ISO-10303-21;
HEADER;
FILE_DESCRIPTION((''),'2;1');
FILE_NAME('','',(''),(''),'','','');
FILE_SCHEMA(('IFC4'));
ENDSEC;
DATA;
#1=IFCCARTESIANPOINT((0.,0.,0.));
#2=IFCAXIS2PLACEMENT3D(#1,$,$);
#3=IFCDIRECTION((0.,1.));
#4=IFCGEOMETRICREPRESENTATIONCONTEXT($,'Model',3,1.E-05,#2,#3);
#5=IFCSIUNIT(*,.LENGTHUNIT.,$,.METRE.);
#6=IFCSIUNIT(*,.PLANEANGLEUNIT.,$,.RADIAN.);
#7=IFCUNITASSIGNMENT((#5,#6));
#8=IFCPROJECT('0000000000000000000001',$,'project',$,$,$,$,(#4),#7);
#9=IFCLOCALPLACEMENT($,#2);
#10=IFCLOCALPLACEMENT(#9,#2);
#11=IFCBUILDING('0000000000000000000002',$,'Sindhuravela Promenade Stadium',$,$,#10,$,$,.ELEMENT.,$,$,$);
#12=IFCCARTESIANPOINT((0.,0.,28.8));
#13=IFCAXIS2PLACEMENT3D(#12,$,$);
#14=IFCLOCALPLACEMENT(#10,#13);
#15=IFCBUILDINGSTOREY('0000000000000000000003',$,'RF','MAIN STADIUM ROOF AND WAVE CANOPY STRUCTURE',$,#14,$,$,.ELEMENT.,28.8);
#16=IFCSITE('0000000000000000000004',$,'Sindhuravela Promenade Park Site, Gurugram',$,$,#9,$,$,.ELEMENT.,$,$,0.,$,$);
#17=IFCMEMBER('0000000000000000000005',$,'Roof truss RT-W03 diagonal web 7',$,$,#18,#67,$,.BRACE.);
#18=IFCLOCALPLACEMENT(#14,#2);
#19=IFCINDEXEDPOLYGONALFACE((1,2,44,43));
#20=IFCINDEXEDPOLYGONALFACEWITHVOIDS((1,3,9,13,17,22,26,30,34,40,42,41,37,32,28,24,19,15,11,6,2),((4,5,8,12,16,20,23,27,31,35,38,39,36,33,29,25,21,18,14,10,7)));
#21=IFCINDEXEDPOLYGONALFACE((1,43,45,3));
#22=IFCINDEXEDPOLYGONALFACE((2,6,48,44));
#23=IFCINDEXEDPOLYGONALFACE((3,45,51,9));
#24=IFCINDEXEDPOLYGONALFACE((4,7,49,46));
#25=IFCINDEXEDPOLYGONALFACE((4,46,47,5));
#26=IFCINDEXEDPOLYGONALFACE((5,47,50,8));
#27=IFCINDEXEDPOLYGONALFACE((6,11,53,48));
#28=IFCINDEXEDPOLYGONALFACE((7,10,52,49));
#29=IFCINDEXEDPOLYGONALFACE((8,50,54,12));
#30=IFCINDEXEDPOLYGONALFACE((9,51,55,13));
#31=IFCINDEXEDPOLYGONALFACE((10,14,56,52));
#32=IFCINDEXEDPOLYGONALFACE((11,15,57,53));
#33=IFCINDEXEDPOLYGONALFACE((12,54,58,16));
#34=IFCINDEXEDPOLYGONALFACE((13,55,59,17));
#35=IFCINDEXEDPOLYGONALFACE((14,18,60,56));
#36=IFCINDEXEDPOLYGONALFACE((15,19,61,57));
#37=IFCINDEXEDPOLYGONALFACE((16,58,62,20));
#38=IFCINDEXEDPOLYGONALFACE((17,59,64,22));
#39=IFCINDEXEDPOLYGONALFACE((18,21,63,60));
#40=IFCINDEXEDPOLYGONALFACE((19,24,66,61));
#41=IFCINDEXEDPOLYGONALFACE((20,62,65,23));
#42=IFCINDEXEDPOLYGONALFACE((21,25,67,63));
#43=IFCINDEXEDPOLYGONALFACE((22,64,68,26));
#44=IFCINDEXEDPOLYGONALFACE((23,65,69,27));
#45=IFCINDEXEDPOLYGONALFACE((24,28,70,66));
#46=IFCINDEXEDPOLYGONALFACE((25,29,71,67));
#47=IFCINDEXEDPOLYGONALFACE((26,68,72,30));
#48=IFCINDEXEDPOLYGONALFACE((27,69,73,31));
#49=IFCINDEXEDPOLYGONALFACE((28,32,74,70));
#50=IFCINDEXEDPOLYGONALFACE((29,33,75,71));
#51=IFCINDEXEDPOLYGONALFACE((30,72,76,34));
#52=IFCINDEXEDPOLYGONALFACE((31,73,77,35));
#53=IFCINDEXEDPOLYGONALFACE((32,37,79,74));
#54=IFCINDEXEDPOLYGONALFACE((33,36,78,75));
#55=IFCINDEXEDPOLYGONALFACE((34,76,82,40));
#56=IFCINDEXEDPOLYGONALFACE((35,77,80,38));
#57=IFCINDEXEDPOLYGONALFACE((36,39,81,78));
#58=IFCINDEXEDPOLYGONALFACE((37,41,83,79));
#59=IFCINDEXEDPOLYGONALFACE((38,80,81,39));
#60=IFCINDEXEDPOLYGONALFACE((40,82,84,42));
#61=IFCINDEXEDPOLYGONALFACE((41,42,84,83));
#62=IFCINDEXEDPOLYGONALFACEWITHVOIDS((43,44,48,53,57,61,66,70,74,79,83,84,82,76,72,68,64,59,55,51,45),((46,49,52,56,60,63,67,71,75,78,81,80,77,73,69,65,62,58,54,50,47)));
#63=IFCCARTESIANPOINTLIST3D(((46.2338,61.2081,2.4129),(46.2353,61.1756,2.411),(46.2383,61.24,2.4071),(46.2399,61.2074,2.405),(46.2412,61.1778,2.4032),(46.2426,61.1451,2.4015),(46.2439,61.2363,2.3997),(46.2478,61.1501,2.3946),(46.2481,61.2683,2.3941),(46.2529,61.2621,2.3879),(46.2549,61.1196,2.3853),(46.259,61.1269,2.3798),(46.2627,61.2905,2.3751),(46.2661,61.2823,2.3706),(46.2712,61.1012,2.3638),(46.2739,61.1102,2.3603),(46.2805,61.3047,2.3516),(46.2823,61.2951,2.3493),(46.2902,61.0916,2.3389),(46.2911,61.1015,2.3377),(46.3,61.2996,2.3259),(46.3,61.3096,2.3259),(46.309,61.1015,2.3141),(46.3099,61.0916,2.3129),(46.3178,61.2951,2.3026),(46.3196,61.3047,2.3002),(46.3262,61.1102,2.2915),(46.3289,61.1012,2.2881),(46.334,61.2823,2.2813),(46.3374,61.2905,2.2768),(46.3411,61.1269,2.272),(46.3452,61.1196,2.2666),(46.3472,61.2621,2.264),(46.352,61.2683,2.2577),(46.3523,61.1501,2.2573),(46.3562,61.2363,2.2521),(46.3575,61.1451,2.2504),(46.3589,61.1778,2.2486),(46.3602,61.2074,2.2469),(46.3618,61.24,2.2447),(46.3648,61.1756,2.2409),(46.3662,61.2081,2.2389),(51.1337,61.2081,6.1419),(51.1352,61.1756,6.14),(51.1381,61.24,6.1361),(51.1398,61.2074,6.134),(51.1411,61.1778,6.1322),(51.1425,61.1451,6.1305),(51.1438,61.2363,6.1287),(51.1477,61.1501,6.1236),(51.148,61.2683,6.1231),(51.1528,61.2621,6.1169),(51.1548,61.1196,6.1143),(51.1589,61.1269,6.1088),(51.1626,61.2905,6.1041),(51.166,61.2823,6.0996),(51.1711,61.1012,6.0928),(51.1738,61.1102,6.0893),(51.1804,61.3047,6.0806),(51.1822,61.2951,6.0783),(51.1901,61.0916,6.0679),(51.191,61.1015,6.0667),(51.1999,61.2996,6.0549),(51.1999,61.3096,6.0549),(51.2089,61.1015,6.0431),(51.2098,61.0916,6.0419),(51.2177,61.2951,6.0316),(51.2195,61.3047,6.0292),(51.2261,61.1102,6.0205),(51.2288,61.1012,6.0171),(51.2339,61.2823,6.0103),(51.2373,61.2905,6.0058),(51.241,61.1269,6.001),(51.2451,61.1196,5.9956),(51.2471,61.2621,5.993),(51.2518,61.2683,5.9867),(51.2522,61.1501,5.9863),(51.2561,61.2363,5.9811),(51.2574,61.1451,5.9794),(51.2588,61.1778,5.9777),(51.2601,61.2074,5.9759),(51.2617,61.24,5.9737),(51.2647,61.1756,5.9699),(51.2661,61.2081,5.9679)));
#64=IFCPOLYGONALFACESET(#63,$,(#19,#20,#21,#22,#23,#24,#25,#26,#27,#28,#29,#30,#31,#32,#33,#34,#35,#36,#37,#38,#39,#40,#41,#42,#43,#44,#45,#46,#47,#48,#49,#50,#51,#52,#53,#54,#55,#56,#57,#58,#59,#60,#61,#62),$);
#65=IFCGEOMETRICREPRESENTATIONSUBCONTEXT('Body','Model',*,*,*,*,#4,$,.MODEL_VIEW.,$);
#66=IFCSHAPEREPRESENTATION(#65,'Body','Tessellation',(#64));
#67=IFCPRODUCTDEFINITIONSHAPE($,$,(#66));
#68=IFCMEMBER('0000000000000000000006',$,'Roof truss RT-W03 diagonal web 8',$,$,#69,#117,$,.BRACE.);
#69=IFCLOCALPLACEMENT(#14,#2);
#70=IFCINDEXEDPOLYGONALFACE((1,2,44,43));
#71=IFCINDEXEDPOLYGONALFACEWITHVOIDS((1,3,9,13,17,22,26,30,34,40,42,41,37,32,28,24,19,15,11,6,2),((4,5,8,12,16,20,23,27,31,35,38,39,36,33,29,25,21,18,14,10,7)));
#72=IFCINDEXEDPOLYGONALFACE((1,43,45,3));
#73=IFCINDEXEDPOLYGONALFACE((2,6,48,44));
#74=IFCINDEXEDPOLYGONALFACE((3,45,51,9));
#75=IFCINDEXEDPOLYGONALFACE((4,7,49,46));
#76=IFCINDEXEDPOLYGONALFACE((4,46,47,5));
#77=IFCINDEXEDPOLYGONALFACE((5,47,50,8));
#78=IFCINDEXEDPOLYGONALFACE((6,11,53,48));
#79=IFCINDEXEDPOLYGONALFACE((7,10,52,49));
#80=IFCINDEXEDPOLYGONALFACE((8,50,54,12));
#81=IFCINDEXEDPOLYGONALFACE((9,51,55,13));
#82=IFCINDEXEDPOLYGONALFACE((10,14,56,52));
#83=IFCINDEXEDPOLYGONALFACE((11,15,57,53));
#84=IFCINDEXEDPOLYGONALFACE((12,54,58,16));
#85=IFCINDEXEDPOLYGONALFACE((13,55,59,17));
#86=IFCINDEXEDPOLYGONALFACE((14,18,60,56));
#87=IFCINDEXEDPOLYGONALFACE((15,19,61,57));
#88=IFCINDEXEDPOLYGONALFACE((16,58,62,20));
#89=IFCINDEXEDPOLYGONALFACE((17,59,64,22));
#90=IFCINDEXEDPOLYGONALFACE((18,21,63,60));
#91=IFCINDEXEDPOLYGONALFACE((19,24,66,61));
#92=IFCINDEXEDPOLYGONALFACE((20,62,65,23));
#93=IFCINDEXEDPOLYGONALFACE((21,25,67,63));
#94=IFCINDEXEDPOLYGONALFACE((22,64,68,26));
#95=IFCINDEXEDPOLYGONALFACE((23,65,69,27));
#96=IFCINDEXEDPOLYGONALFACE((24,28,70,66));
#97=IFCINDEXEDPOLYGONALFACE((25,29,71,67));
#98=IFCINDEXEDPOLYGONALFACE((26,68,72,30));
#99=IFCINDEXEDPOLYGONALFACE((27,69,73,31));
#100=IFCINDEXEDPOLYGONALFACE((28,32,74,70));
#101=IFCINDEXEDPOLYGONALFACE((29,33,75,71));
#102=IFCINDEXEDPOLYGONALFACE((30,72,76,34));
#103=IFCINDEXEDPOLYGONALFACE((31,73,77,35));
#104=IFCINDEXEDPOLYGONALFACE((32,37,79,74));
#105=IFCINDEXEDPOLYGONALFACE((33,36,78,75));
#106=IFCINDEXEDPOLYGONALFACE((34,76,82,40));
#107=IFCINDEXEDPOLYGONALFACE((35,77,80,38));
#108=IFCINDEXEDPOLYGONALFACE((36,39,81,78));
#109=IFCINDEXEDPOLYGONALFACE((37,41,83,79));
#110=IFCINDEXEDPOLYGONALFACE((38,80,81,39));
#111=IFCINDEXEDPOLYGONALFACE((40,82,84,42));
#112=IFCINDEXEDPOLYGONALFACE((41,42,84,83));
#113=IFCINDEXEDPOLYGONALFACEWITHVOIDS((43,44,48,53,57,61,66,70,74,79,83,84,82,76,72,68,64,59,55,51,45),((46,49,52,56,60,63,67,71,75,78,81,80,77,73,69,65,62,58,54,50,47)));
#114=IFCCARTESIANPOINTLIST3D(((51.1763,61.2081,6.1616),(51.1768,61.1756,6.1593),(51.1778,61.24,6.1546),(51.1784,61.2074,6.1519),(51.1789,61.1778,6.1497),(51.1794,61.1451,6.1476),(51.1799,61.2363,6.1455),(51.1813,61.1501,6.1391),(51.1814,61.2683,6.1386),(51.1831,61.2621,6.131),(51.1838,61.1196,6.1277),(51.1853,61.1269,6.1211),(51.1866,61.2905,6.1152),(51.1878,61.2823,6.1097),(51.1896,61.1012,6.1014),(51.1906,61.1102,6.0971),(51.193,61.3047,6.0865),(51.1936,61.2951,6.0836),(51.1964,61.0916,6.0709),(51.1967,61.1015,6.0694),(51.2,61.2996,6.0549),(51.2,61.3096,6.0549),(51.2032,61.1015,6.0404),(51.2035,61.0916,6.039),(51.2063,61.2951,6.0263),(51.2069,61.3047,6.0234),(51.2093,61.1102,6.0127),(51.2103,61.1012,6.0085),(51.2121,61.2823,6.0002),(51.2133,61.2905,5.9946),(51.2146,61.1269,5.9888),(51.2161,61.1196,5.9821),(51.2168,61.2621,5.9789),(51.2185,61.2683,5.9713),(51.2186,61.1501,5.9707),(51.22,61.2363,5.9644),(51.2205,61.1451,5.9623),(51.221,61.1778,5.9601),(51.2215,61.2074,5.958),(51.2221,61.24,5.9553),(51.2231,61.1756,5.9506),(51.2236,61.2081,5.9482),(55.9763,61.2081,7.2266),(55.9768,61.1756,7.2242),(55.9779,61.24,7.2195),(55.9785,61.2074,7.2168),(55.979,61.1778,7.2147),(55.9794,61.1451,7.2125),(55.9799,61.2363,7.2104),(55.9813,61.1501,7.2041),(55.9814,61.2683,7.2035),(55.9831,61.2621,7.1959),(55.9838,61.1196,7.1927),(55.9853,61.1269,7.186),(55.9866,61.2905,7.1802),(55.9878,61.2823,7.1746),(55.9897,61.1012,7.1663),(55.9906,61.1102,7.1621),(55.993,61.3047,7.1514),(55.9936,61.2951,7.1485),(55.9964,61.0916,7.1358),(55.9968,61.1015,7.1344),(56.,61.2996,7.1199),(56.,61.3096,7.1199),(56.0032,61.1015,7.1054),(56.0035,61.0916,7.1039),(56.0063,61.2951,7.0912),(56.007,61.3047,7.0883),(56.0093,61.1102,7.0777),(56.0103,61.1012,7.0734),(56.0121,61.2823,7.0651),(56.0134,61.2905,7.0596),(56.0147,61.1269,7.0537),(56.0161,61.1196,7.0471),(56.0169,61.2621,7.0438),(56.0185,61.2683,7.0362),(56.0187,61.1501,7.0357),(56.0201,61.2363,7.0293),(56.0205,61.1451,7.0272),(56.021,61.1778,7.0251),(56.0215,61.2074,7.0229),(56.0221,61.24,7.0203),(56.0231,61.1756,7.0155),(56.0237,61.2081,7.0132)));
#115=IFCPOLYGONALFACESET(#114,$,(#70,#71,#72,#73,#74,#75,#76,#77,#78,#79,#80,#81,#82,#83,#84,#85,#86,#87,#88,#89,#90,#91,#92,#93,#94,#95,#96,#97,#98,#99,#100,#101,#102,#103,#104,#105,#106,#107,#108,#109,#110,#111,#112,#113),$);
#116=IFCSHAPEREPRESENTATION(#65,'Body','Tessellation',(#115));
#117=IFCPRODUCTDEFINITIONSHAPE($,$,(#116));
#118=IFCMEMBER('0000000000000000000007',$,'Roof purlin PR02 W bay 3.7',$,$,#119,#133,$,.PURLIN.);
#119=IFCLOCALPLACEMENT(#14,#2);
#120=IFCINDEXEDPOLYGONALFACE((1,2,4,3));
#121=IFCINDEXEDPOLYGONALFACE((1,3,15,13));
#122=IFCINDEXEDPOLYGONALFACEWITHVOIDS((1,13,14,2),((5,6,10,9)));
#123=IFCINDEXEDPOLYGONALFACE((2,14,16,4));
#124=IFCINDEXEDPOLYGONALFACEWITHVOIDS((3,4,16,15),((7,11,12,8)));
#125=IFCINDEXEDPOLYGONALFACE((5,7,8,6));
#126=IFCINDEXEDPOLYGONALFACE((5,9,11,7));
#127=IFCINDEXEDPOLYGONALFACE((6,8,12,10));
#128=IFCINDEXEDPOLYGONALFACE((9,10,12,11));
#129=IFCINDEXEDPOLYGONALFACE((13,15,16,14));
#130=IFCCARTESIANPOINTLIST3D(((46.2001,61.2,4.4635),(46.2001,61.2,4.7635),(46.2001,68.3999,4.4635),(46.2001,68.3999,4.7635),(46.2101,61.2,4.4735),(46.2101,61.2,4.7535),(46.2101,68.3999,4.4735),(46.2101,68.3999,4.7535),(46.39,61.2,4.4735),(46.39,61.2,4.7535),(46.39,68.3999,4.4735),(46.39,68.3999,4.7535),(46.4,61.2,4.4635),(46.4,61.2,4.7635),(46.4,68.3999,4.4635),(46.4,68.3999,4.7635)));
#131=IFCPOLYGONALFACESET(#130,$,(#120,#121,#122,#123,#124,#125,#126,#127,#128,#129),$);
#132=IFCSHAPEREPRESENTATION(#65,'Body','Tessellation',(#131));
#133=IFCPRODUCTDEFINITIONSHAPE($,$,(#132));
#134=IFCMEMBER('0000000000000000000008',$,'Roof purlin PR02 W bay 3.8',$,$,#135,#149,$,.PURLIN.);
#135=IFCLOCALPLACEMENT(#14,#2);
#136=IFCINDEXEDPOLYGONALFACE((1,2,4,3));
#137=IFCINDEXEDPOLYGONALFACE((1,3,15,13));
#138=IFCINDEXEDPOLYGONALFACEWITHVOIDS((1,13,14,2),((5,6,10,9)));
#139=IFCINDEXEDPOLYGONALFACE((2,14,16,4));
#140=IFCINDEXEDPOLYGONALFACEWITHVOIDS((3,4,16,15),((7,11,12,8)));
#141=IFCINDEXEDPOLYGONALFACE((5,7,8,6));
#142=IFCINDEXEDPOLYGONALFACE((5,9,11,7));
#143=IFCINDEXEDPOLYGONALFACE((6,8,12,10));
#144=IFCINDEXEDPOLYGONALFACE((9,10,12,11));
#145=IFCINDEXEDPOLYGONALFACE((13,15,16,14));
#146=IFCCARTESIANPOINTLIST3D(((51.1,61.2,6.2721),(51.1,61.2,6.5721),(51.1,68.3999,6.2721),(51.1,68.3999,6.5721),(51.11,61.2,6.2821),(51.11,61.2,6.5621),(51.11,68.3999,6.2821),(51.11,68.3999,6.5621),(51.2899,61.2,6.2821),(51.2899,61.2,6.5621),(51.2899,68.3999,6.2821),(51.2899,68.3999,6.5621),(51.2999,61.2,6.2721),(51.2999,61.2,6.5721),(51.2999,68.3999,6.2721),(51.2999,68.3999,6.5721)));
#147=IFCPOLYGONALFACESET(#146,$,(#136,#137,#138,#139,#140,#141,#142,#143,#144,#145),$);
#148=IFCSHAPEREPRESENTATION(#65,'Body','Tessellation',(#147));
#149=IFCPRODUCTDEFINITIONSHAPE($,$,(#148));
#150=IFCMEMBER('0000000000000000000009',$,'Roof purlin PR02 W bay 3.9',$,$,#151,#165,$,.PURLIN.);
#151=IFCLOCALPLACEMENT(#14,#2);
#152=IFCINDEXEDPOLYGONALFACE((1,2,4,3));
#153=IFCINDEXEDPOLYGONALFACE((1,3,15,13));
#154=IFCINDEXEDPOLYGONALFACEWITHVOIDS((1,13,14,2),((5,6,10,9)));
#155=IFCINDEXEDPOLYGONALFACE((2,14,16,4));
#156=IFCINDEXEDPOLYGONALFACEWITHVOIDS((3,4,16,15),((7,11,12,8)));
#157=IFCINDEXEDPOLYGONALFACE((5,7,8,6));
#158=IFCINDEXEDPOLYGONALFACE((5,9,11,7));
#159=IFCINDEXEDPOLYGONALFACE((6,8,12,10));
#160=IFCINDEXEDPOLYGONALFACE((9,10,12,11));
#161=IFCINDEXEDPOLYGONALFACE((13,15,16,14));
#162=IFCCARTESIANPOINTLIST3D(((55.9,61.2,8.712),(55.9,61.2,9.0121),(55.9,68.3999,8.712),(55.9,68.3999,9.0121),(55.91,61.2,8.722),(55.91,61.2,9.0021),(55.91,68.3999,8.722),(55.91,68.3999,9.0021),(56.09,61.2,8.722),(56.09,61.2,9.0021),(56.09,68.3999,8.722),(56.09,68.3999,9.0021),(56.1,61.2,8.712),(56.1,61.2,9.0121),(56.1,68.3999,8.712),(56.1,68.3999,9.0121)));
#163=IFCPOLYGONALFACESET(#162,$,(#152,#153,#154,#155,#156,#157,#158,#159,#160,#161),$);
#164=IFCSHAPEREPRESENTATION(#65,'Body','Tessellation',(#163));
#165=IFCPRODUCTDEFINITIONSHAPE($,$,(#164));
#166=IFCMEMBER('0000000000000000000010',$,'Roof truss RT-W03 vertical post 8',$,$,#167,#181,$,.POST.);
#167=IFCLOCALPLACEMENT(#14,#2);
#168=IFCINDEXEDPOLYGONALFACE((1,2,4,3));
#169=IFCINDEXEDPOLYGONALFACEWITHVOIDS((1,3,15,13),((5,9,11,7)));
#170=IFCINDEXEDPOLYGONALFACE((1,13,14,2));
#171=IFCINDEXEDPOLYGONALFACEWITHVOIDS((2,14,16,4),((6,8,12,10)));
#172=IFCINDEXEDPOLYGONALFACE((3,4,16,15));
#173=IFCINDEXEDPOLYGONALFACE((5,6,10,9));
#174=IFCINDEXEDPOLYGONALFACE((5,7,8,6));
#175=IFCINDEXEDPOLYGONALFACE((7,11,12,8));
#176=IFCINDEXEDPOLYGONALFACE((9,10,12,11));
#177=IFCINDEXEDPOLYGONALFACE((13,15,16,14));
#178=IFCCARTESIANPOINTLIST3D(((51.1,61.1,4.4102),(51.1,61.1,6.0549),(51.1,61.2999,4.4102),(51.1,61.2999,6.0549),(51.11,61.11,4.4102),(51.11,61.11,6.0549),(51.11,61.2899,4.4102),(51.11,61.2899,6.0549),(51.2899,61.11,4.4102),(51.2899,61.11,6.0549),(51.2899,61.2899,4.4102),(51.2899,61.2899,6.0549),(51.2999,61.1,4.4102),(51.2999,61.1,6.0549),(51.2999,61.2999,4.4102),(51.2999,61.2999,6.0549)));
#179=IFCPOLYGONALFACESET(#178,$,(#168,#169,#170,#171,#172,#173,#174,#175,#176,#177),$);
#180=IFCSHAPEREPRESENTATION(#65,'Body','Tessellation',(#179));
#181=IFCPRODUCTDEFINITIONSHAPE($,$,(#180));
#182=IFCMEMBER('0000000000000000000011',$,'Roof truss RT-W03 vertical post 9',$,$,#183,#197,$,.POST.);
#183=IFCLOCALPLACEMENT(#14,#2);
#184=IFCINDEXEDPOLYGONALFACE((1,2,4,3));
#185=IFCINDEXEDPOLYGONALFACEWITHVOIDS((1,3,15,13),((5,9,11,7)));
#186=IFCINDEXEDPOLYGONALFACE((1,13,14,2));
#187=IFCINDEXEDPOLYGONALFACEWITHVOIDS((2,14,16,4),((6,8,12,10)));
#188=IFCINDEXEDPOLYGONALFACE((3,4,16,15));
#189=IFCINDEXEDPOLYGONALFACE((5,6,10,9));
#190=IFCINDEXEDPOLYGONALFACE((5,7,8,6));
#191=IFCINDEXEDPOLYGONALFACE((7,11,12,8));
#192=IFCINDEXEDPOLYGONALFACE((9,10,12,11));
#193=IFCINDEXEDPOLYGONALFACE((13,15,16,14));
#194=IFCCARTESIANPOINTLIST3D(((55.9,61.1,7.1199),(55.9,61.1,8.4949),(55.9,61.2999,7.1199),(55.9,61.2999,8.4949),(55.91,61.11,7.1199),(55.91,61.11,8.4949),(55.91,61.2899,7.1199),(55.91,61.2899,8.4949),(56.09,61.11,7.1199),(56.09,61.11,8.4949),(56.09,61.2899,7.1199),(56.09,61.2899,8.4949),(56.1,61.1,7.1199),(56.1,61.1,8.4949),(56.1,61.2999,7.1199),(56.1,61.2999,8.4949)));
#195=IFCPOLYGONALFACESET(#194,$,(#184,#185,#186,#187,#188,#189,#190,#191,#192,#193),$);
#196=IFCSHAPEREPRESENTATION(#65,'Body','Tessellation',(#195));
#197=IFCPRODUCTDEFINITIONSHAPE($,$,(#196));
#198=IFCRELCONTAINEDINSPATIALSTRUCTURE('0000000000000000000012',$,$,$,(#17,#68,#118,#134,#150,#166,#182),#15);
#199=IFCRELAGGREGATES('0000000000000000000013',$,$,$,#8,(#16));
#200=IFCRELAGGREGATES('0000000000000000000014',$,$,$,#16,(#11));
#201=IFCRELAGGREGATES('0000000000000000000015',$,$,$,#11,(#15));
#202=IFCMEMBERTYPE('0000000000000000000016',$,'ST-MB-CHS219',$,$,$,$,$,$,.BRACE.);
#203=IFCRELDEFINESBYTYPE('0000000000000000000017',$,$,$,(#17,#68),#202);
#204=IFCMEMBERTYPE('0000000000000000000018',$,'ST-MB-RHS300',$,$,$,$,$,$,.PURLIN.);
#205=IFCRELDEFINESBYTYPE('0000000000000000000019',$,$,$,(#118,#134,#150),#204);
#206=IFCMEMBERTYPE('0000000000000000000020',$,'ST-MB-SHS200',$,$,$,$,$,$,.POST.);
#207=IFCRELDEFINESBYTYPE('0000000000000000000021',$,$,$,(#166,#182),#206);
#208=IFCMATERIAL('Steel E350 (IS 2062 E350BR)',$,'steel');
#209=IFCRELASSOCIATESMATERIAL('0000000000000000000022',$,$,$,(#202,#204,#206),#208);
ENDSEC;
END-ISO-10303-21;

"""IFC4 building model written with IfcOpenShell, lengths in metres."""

from ifc_helpers import new_model, si_unit, direction, frame, origin, origin_2d, place, context, subcontext, project, spatial, hollow_rectangle, hollow_circle, extrude, material, material_profile, profile_set, type_object, element, save


model = new_model("IFC4")

# Units and contexts
model_context = context("Model", 3, precision=1e-05, world=origin(), true_north=direction((0.0, 1.0)))
body_context = subcontext(model_context, "Body", "Model", "MODEL_VIEW")
ifc_project = project(units=[si_unit("LENGTHUNIT", "METRE"), si_unit("PLANEANGLEUNIT", "RADIAN")], contexts=[model_context])

# Site, building, storey
site_placement = place(None, origin())
site = spatial("IfcSite", under=ifc_project, at=site_placement, Name="Sindhuravela Promenade Park Site, Gurugram", CompositionType="ELEMENT", RefElevation=0.0)
building_placement = place(site_placement, origin())
building = spatial("IfcBuilding", under=site, at=building_placement, Name="Sindhuravela Promenade Stadium", CompositionType="ELEMENT")
storey_placement = place(building_placement, frame((0.0, 0.0, 28.8)))
storey = spatial("IfcBuildingStorey", under=building, at=storey_placement, Name="RF", Description="MAIN STADIUM ROOF AND WAVE CANOPY STRUCTURE", CompositionType="ELEMENT", Elevation=28.8)

# Shared definitions
ifc_material_1 = material(Name="Steel E350 (IS 2062 E350BR)", Category="steel")

# Members
ifc_material_profile_1 = material_profile(ifc_material_1, hollow_circle(Radius=0.1096, WallThickness=0.01, at=origin_2d()), Name="CHS 219.1x10")
ifc_profile_set_1 = profile_set([ifc_material_profile_1], Name="Steel E350 (IS 2062 E350BR)")
member_type_1 = type_object("IfcMemberType", Name="ST-MB-CHS219", PredefinedType="BRACE", material=ifc_profile_set_1)
member_1_placement = place(storey_placement, frame((46.3, 61.2, 2.3259), z_axis=(0.795765, 0.0, 0.605606), x_axis=(0.0, 1.0, 0.0)))
element("IfcMember", 1, at=member_1_placement, inside=storey, type_object=member_type_1, Name="Roof truss RT-W03 diagonal web 7", PredefinedType="BRACE", context=body_context, shape_type="SweptSolid", body=[
    extrude(hollow_circle(Radius=0.1096, WallThickness=0.01, at=origin_2d()), origin(), (0.0, 0.0, 1.0), 6.1575),
])
member_2_placement = place(storey_placement, frame((51.2, 61.2, 6.0549), z_axis=(0.976262, 0.0, 0.216594), x_axis=(0.0, 1.0, 0.0)))
element("IfcMember", 2, at=member_2_placement, inside=storey, type_object=member_type_1, Name="Roof truss RT-W03 diagonal web 8", PredefinedType="BRACE", context=body_context, shape_type="SweptSolid", body=[
    extrude(hollow_circle(Radius=0.1096, WallThickness=0.01, at=origin_2d()), origin(), (0.0, 0.0, 1.0), 4.9167),
])
ifc_material_profile_2 = material_profile(ifc_material_1, hollow_rectangle(XDim=0.2, YDim=0.3, WallThickness=0.01, at=origin_2d()), Name="RHS 300x200x10")
ifc_profile_set_2 = profile_set([ifc_material_profile_2], Name="Steel E350 (IS 2062 E350BR)")
member_type_2 = type_object("IfcMemberType", Name="ST-MB-RHS300", PredefinedType="PURLIN", material=ifc_profile_set_2)
for number, where, z_axis, x_axis, name in (
    (3, (46.3, 61.2, 4.6135), (0.0, 1.0, 0.0), (-1.0, 0.0, 0.0), "Roof purlin PR02 W bay 3.7"),
    (4, (51.2, 61.2, 6.4221), (0.0, 1.0, 0.0), (-1.0, 0.0, 0.0), "Roof purlin PR02 W bay 3.8"),
    (5, (56.0, 61.2, 8.8621), (0.0, 1.0, 0.0), (-1.0, 0.0, 0.0), "Roof purlin PR02 W bay 3.9"),
):
    element("IfcMember", number, at=place(storey_placement, frame(where, z_axis=z_axis, x_axis=x_axis)), inside=storey, type_object=member_type_2, Name=name, PredefinedType="PURLIN", context=body_context, shape_type="SweptSolid", body=[
        extrude(hollow_rectangle(XDim=0.2, YDim=0.3, WallThickness=0.01, at=origin_2d()), origin(), (0.0, 0.0, 1.0), 7.2),
    ])
ifc_material_profile_3 = material_profile(ifc_material_1, hollow_rectangle(XDim=0.2, YDim=0.2, WallThickness=0.01, at=origin_2d()), Name="SHS 200x200x10")
ifc_profile_set_3 = profile_set([ifc_material_profile_3], Name="Steel E350 (IS 2062 E350BR)")
member_type_3 = type_object("IfcMemberType", Name="ST-MB-SHS200", PredefinedType="POST", material=ifc_profile_set_3)
member_3_placement = place(storey_placement, frame((51.2, 61.2, 4.4102), z_axis=(0.0, 0.0, 1.0), x_axis=(1.0, 0.0, 0.0)))
element("IfcMember", 6, at=member_3_placement, inside=storey, type_object=member_type_3, Name="Roof truss RT-W03 vertical post 8", PredefinedType="POST", context=body_context, shape_type="SweptSolid", body=[
    extrude(hollow_rectangle(XDim=0.2, YDim=0.2, WallThickness=0.01, at=origin_2d()), origin(), (0.0, 0.0, 1.0), 1.6448),
])
member_4_placement = place(storey_placement, frame((56.0, 61.2, 7.1199), z_axis=(0.0, 0.0, 1.0), x_axis=(1.0, 0.0, 0.0)))
element("IfcMember", 7, at=member_4_placement, inside=storey, type_object=member_type_3, Name="Roof truss RT-W03 vertical post 9", PredefinedType="POST", context=body_context, shape_type="SweptSolid", body=[
    extrude(hollow_rectangle(XDim=0.2, YDim=0.2, WallThickness=0.01, at=origin_2d()), origin(), (0.0, 0.0, 1.0), 1.375),
])

save(model, "model.ifc")
